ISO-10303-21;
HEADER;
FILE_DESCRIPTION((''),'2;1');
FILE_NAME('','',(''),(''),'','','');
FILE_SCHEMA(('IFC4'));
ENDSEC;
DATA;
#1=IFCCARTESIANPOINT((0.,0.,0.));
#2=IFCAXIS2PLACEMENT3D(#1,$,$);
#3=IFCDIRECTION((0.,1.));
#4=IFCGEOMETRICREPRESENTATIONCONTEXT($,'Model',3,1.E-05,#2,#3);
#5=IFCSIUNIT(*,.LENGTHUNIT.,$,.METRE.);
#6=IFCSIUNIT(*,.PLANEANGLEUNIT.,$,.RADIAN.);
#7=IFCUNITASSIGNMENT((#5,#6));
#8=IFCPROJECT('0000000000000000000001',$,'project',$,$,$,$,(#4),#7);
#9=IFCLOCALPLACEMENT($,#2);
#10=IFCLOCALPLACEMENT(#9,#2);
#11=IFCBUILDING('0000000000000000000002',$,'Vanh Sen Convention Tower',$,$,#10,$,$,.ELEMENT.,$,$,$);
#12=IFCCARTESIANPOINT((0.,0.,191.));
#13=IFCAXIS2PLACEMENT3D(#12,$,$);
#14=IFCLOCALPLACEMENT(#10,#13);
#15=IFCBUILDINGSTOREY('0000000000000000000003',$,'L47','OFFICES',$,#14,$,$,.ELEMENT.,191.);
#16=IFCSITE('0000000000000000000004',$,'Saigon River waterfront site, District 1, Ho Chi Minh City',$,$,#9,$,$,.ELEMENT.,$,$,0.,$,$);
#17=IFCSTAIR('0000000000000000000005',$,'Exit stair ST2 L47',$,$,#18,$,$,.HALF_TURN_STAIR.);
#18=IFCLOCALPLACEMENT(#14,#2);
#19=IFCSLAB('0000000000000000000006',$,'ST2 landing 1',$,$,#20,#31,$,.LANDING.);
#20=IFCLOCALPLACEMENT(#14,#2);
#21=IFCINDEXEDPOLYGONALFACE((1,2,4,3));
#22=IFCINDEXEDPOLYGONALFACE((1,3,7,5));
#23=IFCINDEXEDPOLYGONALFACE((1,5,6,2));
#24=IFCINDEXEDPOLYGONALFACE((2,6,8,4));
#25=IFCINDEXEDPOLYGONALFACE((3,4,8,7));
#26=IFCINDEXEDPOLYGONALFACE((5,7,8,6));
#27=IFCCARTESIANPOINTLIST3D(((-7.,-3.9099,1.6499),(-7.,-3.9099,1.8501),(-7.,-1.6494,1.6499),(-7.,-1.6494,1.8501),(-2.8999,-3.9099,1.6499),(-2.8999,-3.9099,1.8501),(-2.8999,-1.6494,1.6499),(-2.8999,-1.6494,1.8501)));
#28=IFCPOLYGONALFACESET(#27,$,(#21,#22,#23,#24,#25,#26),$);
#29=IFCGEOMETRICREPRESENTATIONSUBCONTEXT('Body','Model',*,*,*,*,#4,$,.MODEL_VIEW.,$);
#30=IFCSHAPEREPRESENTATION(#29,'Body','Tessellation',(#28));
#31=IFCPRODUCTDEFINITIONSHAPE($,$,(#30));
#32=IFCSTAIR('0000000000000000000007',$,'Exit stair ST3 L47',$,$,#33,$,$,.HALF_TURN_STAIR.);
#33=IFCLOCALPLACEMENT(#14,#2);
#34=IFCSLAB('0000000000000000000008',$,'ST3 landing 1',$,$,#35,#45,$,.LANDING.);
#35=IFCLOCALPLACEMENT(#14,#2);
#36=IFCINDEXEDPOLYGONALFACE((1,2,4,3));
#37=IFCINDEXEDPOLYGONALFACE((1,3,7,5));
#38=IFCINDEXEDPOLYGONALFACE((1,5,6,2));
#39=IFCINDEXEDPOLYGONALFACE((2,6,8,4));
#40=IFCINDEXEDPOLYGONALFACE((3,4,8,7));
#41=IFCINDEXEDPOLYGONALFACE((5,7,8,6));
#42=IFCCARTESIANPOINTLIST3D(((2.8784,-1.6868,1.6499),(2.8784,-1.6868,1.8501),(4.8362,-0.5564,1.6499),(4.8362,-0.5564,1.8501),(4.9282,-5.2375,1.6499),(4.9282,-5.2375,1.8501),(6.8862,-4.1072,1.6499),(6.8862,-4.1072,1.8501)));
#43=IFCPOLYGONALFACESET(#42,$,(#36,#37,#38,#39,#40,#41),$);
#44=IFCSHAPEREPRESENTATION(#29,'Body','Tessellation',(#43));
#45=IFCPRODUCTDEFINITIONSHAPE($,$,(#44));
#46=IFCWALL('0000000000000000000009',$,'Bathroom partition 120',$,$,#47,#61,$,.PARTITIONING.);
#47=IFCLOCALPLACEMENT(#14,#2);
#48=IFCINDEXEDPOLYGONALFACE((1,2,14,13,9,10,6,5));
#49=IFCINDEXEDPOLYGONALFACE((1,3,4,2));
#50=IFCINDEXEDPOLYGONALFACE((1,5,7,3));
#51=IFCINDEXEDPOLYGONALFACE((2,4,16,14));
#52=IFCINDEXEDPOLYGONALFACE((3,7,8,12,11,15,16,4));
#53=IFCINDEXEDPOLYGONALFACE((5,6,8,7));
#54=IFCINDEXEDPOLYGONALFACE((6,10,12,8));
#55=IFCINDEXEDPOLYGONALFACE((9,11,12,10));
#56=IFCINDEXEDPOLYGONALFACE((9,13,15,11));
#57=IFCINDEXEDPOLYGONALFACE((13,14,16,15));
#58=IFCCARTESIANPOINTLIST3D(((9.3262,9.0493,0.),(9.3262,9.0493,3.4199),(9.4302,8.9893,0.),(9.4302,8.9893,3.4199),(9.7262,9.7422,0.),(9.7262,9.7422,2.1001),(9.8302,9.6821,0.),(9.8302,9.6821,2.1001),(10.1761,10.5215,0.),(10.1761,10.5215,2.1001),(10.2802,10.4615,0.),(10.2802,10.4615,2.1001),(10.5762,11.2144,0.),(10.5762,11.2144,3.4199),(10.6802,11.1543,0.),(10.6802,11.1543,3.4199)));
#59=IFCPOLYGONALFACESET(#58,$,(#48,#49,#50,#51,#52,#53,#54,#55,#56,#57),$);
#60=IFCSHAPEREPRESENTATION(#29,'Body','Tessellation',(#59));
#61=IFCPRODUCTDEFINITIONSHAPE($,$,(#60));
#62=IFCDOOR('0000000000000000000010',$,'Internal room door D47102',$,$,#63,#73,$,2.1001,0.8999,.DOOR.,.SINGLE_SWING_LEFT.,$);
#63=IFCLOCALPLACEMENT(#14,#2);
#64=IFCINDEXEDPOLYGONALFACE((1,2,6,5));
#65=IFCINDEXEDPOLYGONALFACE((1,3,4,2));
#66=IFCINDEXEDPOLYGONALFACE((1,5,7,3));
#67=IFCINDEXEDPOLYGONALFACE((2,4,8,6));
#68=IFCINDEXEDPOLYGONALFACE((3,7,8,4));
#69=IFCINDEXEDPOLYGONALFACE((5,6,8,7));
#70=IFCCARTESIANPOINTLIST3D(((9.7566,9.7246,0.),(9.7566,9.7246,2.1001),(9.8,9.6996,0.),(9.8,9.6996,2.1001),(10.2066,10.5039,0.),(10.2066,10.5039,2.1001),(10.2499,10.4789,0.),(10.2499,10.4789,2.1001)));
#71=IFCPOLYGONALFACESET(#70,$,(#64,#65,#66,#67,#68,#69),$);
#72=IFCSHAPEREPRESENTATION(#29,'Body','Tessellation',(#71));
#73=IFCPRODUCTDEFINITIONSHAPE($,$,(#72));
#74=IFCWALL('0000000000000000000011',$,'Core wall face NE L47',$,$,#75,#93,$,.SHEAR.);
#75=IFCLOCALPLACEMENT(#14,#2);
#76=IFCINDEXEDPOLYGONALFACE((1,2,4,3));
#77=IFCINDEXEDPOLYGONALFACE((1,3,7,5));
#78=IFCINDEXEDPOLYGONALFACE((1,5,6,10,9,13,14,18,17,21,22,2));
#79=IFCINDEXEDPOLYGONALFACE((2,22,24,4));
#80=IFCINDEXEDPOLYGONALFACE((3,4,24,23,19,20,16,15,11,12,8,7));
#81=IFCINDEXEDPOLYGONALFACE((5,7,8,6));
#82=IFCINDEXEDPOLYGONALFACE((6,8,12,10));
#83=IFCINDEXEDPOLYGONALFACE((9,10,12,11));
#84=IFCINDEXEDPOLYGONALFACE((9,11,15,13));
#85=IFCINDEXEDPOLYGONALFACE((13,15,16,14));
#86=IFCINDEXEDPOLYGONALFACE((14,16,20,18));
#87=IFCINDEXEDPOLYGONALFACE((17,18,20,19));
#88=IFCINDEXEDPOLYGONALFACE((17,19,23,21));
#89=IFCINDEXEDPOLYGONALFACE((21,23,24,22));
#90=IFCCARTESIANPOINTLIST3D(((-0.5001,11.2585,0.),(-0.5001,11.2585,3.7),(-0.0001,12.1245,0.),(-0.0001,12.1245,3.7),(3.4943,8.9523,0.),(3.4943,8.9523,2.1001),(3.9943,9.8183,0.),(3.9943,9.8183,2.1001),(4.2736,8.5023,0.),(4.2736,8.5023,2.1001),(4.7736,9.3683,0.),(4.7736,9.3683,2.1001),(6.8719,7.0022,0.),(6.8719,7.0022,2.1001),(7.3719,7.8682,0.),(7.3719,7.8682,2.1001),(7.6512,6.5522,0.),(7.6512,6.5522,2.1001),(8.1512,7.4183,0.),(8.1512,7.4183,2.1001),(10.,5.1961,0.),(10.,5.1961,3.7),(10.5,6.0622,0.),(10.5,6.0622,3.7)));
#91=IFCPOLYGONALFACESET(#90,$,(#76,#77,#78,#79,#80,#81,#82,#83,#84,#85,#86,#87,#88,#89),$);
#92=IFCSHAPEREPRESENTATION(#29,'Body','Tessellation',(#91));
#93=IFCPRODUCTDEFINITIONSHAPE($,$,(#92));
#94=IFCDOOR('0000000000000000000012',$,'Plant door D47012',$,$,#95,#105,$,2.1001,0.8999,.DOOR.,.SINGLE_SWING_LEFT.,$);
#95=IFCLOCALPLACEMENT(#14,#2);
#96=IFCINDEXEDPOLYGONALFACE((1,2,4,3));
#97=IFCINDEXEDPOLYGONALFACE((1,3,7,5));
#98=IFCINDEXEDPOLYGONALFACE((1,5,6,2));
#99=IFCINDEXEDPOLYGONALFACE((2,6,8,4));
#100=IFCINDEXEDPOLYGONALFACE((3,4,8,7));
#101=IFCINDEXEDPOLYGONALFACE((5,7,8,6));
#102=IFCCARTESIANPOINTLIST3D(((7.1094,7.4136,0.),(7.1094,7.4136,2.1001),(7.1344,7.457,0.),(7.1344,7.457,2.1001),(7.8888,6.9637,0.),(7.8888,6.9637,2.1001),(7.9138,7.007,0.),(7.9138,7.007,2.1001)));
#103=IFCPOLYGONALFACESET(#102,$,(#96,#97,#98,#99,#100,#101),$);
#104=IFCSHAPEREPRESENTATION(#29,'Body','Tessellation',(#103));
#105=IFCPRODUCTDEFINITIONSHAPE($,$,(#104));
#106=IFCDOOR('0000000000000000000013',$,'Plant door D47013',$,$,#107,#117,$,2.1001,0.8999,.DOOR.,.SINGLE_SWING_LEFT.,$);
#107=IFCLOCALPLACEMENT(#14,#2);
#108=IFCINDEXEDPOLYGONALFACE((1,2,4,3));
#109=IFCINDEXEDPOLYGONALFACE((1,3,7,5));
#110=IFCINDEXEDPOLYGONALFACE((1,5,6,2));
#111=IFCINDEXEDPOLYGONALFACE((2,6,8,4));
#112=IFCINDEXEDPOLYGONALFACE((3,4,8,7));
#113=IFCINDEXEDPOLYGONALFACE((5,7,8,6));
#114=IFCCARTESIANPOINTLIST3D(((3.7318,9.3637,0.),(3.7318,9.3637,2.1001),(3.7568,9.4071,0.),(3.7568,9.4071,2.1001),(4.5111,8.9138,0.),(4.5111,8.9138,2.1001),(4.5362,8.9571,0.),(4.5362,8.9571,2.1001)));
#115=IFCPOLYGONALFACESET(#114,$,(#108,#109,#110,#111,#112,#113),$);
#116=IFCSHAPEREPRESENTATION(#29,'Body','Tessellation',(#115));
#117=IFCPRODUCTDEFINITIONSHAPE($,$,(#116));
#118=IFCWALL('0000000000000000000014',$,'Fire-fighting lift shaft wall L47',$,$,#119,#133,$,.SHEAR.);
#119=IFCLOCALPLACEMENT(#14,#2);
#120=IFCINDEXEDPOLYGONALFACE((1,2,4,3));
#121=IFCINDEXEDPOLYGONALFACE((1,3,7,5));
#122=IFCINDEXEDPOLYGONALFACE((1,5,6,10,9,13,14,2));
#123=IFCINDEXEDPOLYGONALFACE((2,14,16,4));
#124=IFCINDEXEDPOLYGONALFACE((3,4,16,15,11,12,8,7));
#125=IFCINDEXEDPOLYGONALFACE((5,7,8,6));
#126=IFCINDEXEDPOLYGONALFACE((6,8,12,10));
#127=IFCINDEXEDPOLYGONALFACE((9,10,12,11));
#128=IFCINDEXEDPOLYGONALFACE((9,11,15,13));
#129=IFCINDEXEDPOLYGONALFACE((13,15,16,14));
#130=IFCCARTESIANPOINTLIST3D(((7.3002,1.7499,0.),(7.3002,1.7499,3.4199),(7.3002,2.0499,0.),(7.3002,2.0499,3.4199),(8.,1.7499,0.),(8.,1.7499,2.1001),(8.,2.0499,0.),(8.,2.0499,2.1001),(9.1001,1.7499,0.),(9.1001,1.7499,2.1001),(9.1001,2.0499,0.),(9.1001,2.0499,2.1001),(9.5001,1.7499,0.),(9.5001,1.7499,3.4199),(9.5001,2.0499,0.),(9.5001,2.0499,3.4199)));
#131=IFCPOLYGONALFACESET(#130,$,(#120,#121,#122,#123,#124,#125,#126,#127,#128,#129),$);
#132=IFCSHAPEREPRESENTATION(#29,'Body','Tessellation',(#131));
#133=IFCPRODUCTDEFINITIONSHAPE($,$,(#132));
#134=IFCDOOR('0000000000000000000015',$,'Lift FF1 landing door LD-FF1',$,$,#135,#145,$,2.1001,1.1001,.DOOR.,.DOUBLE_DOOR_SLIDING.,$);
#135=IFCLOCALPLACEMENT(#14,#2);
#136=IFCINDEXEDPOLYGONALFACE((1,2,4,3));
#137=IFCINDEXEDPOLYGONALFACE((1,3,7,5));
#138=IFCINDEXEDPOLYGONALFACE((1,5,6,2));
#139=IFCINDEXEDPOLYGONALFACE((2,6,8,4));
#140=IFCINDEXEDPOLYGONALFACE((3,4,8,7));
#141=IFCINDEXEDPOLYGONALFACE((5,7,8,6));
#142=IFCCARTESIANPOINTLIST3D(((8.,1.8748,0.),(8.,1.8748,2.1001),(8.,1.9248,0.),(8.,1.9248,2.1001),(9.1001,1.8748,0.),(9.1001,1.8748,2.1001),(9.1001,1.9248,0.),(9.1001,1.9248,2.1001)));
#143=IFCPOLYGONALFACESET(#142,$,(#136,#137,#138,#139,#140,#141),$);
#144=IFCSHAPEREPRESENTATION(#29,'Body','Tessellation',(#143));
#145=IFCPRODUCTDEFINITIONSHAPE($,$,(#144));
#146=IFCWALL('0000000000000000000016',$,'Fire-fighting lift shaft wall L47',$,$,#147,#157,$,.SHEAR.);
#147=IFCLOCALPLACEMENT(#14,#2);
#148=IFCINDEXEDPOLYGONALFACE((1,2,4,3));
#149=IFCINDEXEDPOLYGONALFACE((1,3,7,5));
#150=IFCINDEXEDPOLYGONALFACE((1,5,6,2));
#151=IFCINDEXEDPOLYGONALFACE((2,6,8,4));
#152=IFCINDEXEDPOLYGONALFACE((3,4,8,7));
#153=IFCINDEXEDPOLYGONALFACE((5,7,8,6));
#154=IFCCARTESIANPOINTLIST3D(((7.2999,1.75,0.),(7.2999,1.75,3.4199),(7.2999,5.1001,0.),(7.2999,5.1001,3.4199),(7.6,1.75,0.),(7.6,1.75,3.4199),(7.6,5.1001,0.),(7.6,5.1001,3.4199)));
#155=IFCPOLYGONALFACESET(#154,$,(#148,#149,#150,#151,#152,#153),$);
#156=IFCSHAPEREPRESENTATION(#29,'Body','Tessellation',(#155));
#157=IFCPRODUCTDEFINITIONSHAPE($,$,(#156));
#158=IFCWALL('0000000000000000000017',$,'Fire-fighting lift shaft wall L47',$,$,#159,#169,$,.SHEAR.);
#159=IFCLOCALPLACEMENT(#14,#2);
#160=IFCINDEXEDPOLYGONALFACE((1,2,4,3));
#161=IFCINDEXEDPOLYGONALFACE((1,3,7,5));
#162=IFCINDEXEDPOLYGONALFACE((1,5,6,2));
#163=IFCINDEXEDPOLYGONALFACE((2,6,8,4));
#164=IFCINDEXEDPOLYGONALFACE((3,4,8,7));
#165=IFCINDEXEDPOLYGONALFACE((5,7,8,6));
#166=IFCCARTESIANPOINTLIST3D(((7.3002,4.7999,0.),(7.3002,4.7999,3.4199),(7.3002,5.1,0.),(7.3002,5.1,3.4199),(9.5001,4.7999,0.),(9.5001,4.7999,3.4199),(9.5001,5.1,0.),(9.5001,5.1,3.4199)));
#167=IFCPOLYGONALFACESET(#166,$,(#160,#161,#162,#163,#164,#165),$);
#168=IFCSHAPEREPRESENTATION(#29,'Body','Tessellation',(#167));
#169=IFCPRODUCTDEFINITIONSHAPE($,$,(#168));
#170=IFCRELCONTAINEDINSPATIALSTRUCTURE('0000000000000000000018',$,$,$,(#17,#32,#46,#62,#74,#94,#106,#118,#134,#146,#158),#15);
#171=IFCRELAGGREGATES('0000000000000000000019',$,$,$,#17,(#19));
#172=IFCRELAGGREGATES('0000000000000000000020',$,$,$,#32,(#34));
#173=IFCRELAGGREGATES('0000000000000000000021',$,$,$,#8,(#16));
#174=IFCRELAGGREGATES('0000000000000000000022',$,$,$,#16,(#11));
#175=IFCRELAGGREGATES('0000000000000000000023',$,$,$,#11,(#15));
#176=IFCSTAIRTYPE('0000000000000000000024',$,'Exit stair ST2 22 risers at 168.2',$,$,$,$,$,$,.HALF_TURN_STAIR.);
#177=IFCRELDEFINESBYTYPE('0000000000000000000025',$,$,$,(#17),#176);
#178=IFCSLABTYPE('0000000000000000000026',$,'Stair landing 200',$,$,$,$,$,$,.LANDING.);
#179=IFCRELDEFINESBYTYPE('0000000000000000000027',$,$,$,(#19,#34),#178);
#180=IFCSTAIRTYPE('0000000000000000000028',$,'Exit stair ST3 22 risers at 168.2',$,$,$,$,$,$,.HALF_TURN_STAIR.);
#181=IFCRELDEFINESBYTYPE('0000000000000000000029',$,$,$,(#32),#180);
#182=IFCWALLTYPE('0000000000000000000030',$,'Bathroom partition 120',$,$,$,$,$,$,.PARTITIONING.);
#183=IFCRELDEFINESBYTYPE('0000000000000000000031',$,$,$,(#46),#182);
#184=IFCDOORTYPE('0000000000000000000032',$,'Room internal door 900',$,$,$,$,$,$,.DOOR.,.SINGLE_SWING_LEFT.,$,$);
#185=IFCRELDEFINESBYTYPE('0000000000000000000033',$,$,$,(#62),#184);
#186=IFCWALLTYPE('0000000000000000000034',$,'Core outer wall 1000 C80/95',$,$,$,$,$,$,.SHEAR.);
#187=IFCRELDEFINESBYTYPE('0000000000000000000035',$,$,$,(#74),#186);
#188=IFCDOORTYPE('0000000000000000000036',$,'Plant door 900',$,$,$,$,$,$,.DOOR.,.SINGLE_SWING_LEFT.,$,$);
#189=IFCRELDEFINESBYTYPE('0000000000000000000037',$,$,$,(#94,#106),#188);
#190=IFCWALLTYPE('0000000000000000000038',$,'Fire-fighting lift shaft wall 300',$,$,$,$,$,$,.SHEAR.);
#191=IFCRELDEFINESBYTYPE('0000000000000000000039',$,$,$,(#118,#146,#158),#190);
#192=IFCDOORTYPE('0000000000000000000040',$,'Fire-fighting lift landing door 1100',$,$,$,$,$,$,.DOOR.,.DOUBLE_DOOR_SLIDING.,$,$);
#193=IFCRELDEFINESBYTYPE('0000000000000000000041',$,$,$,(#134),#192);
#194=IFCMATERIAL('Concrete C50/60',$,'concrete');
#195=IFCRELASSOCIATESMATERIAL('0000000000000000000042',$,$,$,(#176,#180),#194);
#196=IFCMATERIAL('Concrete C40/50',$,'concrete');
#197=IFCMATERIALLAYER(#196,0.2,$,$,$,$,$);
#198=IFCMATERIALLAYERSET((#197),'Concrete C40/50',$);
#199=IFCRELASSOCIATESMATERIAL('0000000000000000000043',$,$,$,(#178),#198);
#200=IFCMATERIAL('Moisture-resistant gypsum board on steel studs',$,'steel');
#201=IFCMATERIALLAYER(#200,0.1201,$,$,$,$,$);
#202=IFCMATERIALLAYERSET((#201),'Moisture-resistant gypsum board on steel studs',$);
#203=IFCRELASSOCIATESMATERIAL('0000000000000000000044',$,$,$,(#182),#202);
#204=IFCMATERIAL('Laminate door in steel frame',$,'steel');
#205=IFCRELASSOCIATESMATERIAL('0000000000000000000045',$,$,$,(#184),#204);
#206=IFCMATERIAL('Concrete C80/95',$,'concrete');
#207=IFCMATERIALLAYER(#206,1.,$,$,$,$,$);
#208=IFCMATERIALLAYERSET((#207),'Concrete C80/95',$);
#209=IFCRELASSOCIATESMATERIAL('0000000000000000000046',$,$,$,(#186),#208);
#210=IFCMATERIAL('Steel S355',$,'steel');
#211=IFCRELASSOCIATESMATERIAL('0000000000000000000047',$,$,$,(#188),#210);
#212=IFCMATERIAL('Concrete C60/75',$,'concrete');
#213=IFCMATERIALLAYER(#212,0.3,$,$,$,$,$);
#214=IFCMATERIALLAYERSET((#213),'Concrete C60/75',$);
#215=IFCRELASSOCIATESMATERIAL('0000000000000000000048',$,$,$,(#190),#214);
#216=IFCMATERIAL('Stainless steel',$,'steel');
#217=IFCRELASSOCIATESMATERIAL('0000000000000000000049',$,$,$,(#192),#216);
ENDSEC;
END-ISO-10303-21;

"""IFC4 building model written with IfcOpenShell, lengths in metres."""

from ifc_helpers import new_model, si_unit, direction, frame, frame_2d, origin, place, context, subcontext, project, spatial, polyline, rectangle, outline, extrude, material, layer, layer_set, type_object, element, fill, aggregate, save


model = new_model("IFC4")

# Units and contexts
model_context = context("Model", 3, precision=1e-05, world=origin(), true_north=direction((0.0, 1.0)))
body_context = subcontext(model_context, "Body", "Model", "MODEL_VIEW")
ifc_project = project(units=[si_unit("LENGTHUNIT", "METRE"), si_unit("PLANEANGLEUNIT", "RADIAN")], contexts=[model_context])

# Site, building, storey
site_placement = place(None, origin())
site = spatial("IfcSite", under=ifc_project, at=site_placement, Name="Saigon River waterfront site, District 1, Ho Chi Minh City", CompositionType="ELEMENT", RefElevation=0.0)
building_placement = place(site_placement, origin())
building = spatial("IfcBuilding", under=site, at=building_placement, Name="Vanh Sen Convention Tower", CompositionType="ELEMENT")
storey_placement = place(building_placement, frame((0.0, 0.0, 191.0)))
storey = spatial("IfcBuildingStorey", under=building, at=storey_placement, Name="L47", Description="OFFICES", CompositionType="ELEMENT", Elevation=191.0)

# Stairs, slabs
ifc_material_1 = material(Name="Concrete C50/60", Category="concrete")
stair_type_1 = type_object("IfcStairType", Name="Exit stair ST2 22 risers at 168.2", PredefinedType="HALF_TURN_STAIR", material=ifc_material_1)
stair_1_placement = place(storey_placement, origin())
stair_1 = element("IfcStair", 1, at=stair_1_placement, inside=storey, type_object=stair_type_1, Name="Exit stair ST2 L47", PredefinedType="HALF_TURN_STAIR")
ifc_material_2 = material(Name="Concrete C40/50", Category="concrete")
ifc_layer_1 = layer(ifc_material_2, 0.2)
ifc_layer_set_1 = layer_set([ifc_layer_1], Name="Concrete C40/50")
slab_type = type_object("IfcSlabType", Name="Stair landing 200", PredefinedType="LANDING", material=ifc_layer_set_1)
slab_1_placement = place(storey_placement, frame((0.0, 0.0, 1.6499)))
slab_1 = element("IfcSlab", 2, at=slab_1_placement, type_object=slab_type, Name="ST2 landing 1", PredefinedType="LANDING", context=body_context, shape_type="SweptSolid", body=[
    extrude(outline(polyline([(-7.0, -1.6494), (-7.0, -3.9099), (-2.8999, -3.9099), (-2.8999, -1.6494), (-7.0, -1.6494)])), origin(), (0.0, 0.0, 1.0), 0.2002),
])
aggregate(stair_1, [slab_1])
stair_type_2 = type_object("IfcStairType", Name="Exit stair ST3 22 risers at 168.2", PredefinedType="HALF_TURN_STAIR", material=ifc_material_1)
stair_2_placement = place(storey_placement, origin())
stair_2 = element("IfcStair", 3, at=stair_2_placement, inside=storey, type_object=stair_type_2, Name="Exit stair ST3 L47", PredefinedType="HALF_TURN_STAIR")
slab_2_placement = place(storey_placement, frame((0.0, 0.0, 1.6499)))
slab_2 = element("IfcSlab", 4, at=slab_2_placement, type_object=slab_type, Name="ST3 landing 1", PredefinedType="LANDING", context=body_context, shape_type="SweptSolid", body=[
    extrude(outline(polyline([(4.9282, -5.2375), (6.8862, -4.1072), (4.8362, -0.5564), (2.8784, -1.6868), (4.9282, -5.2375)])), origin(), (0.0, 0.0, 1.0), 0.2002),
])
aggregate(stair_2, [slab_2])

# Wall, opening, door
ifc_material_3 = material(Name="Moisture-resistant gypsum board on steel studs", Category="steel")
ifc_layer_2 = layer(ifc_material_3, 0.1201)
ifc_layer_set_2 = layer_set([ifc_layer_2], Name="Moisture-resistant gypsum board on steel studs")
wall_type_1 = type_object("IfcWallType", Name="Bathroom partition 120", PredefinedType="PARTITIONING", material=ifc_layer_set_2)
wall_1_placement = place(storey_placement, frame((9.3782, 9.0193, 0.0), z_axis=(0.0, 0.0, 1.0), x_axis=(0.500004, 0.866023, 0.0)))
wall_1 = element("IfcWall", 5, at=wall_1_placement, inside=storey, type_object=wall_type_1, Name="Bathroom partition 120", PredefinedType="PARTITIONING", context=body_context, shape_type="SweptSolid", body=[
    extrude(rectangle(XDim=2.5, YDim=0.1201, at=frame_2d((1.25, 0.0))), origin(), (0.0, 0.0, 1.0), 3.4199),
])
opening_1_placement = place(wall_1_placement, frame((0.8, 0.0, 0.0)))
opening_1 = element("IfcOpeningElement", 6, at=opening_1_placement, cuts=wall_1, PredefinedType="OPENING", context=body_context, shape_type="SweptSolid", body=[
    extrude(rectangle(XDim=0.8999, YDim=2.1001, at=frame_2d((0.45, 1.05))), frame((0.0, 0.0701, 0.0), z_axis=(0.0, -1.0, 0.0), x_axis=(1.0, 0.0, 0.0)), (0.0, 0.0, 1.0), 0.1401),
])
ifc_material_4 = material(Name="Laminate door in steel frame", Category="steel")
door_type_1 = type_object("IfcDoorType", Name="Room internal door 900", OperationType="SINGLE_SWING_LEFT", PredefinedType="DOOR", material=ifc_material_4)
door_1_placement = place(opening_1_placement, origin())
door_1 = element("IfcDoor", 7, at=door_1_placement, inside=storey, type_object=door_type_1, Name="Internal room door D47102", OperationType="SINGLE_SWING_LEFT", OverallHeight=2.1001, OverallWidth=0.8999, PredefinedType="DOOR", context=body_context, shape_type="SweptSolid", body=[
    extrude(rectangle(XDim=0.8999, YDim=2.1001, at=frame_2d((0.45, 1.05))), frame((0.0, 0.0249, 0.0), z_axis=(0.0, -1.0, 0.0), x_axis=(1.0, 0.0, 0.0)), (0.0, 0.0, 1.0), 0.05),
])
fill(opening_1, door_1)

# Wall, openings, doors
ifc_material_5 = material(Name="Concrete C80/95", Category="concrete")
ifc_layer_3 = layer(ifc_material_5, 1.0)
ifc_layer_set_3 = layer_set([ifc_layer_3], Name="Concrete C80/95")
wall_type_2 = type_object("IfcWallType", Name="Core outer wall 1000 C80/95", PredefinedType="SHEAR", material=ifc_layer_set_3)
wall_2_placement = place(storey_placement, frame((10.25, 5.6292, 0.0), z_axis=(0.0, 0.0, 1.0), x_axis=(-0.866023, 0.500005, 0.0)))
wall_2 = element("IfcWall", 8, at=wall_2_placement, inside=storey, type_object=wall_type_2, Name="Core wall face NE L47", PredefinedType="SHEAR", context=body_context, shape_type="SweptSolid", body=[
    extrude(rectangle(XDim=12.1245, YDim=1.0, at=frame_2d((6.0623, 0.0))), origin(), (0.0, 0.0, 1.0), 3.7),
])
opening_2_placement = place(wall_2_placement, frame((2.7122, 0.0, 0.0)))
opening_2 = element("IfcOpeningElement", 9, at=opening_2_placement, cuts=wall_2, PredefinedType="OPENING", context=body_context, shape_type="SweptSolid", body=[
    extrude(rectangle(XDim=0.8999, YDim=2.1001, at=frame_2d((0.45, 1.05))), frame((0.0, 0.51, 0.0), z_axis=(0.0, -1.0, 0.0), x_axis=(1.0, 0.0, 0.0)), (0.0, 0.0, 1.0), 1.02),
])
opening_3_placement = place(wall_2_placement, frame((6.6123, 0.0, 0.0)))
opening_3 = element("IfcOpeningElement", 10, at=opening_3_placement, cuts=wall_2, PredefinedType="OPENING", context=body_context, shape_type="SweptSolid", body=[
    extrude(rectangle(XDim=0.8999, YDim=2.1001, at=frame_2d((0.45, 1.05))), frame((0.0, 0.51, 0.0), z_axis=(0.0, -1.0, 0.0), x_axis=(1.0, 0.0, 0.0)), (0.0, 0.0, 1.0), 1.02),
])
ifc_material_6 = material(Name="Steel S355", Category="steel")
door_type_2 = type_object("IfcDoorType", Name="Plant door 900", OperationType="SINGLE_SWING_LEFT", PredefinedType="DOOR", material=ifc_material_6)
door_2_placement = place(opening_2_placement, origin())
door_2 = element("IfcDoor", 11, at=door_2_placement, inside=storey, type_object=door_type_2, Name="Plant door D47012", OperationType="SINGLE_SWING_LEFT", OverallHeight=2.1001, OverallWidth=0.8999, PredefinedType="DOOR", context=body_context, shape_type="SweptSolid", body=[
    extrude(rectangle(XDim=0.8999, YDim=2.1001, at=frame_2d((0.45, 1.05))), frame((0.0, 0.0249, 0.0), z_axis=(0.0, -1.0, 0.0), x_axis=(1.0, 0.0, 0.0)), (0.0, 0.0, 1.0), 0.05),
])
fill(opening_2, door_2)
door_3_placement = place(opening_3_placement, origin())
door_3 = element("IfcDoor", 12, at=door_3_placement, inside=storey, type_object=door_type_2, Name="Plant door D47013", OperationType="SINGLE_SWING_LEFT", OverallHeight=2.1001, OverallWidth=0.8999, PredefinedType="DOOR", context=body_context, shape_type="SweptSolid", body=[
    extrude(rectangle(XDim=0.8999, YDim=2.1001, at=frame_2d((0.45, 1.05))), frame((0.0, 0.0249, 0.0), z_axis=(0.0, -1.0, 0.0), x_axis=(1.0, 0.0, 0.0)), (0.0, 0.0, 1.0), 0.05),
])
fill(opening_3, door_3)

# Wall, opening, door
ifc_material_7 = material(Name="Concrete C60/75", Category="concrete")
ifc_layer_4 = layer(ifc_material_7, 0.3)
ifc_layer_set_4 = layer_set([ifc_layer_4], Name="Concrete C60/75")
wall_type_3 = type_object("IfcWallType", Name="Fire-fighting lift shaft wall 300", PredefinedType="SHEAR", material=ifc_layer_set_4)
wall_3_placement = place(storey_placement, frame((7.3, 1.8999, 0.0), z_axis=(0.0, 0.0, 1.0), x_axis=(1.0, 0.0, 0.0)))
wall_3 = element("IfcWall", 13, at=wall_3_placement, inside=storey, type_object=wall_type_3, Name="Fire-fighting lift shaft wall L47", PredefinedType="SHEAR", context=body_context, shape_type="SweptSolid", body=[
    extrude(rectangle(XDim=2.2, YDim=0.3, at=frame_2d((1.1001, 0.0))), origin(), (0.0, 0.0, 1.0), 3.4199),
])
opening_4_placement = place(wall_3_placement, frame((0.7, 0.0, 0.0)))
opening_4 = element("IfcOpeningElement", 14, at=opening_4_placement, cuts=wall_3, PredefinedType="OPENING", context=body_context, shape_type="SweptSolid", body=[
    extrude(rectangle(XDim=1.1001, YDim=2.1001, at=frame_2d((0.55, 1.05))), frame((0.0, 0.1599, 0.0), z_axis=(0.0, -1.0, 0.0), x_axis=(1.0, 0.0, 0.0)), (0.0, 0.0, 1.0), 0.3201),
])
ifc_material_8 = material(Name="Stainless steel", Category="steel")
door_type_3 = type_object("IfcDoorType", Name="Fire-fighting lift landing door 1100", OperationType="DOUBLE_DOOR_SLIDING", PredefinedType="DOOR", material=ifc_material_8)
door_4_placement = place(opening_4_placement, origin())
door_4 = element("IfcDoor", 15, at=door_4_placement, inside=storey, type_object=door_type_3, Name="Lift FF1 landing door LD-FF1", OperationType="DOUBLE_DOOR_SLIDING", OverallHeight=2.1001, OverallWidth=1.1001, PredefinedType="DOOR", context=body_context, shape_type="SweptSolid", body=[
    extrude(rectangle(XDim=1.1001, YDim=2.1001, at=frame_2d((0.55, 1.05))), frame((0.0, 0.0249, 0.0), z_axis=(0.0, -1.0, 0.0), x_axis=(1.0, 0.0, 0.0)), (0.0, 0.0, 1.0), 0.05),
])
fill(opening_4, door_4)

# Walls
wall_4_placement = place(storey_placement, frame((7.45, 1.75, 0.0), z_axis=(0.0, 0.0, 1.0), x_axis=(0.0, 1.0, 0.0)))
element("IfcWall", 16, at=wall_4_placement, inside=storey, type_object=wall_type_3, Name="Fire-fighting lift shaft wall L47", PredefinedType="SHEAR", context=body_context, shape_type="SweptSolid", body=[
    extrude(rectangle(XDim=3.3501, YDim=0.3, at=frame_2d((1.675, 0.0))), origin(), (0.0, 0.0, 1.0), 3.4199),
])
wall_5_placement = place(storey_placement, frame((7.3, 4.95, 0.0), z_axis=(0.0, 0.0, 1.0), x_axis=(1.0, 0.0, 0.0)))
element("IfcWall", 17, at=wall_5_placement, inside=storey, type_object=wall_type_3, Name="Fire-fighting lift shaft wall L47", PredefinedType="SHEAR", context=body_context, shape_type="SweptSolid", body=[
    extrude(rectangle(XDim=2.2, YDim=0.3, at=frame_2d((1.1001, 0.0))), origin(), (0.0, 0.0, 1.0), 3.4199),
])

save(model, "model.ifc")
